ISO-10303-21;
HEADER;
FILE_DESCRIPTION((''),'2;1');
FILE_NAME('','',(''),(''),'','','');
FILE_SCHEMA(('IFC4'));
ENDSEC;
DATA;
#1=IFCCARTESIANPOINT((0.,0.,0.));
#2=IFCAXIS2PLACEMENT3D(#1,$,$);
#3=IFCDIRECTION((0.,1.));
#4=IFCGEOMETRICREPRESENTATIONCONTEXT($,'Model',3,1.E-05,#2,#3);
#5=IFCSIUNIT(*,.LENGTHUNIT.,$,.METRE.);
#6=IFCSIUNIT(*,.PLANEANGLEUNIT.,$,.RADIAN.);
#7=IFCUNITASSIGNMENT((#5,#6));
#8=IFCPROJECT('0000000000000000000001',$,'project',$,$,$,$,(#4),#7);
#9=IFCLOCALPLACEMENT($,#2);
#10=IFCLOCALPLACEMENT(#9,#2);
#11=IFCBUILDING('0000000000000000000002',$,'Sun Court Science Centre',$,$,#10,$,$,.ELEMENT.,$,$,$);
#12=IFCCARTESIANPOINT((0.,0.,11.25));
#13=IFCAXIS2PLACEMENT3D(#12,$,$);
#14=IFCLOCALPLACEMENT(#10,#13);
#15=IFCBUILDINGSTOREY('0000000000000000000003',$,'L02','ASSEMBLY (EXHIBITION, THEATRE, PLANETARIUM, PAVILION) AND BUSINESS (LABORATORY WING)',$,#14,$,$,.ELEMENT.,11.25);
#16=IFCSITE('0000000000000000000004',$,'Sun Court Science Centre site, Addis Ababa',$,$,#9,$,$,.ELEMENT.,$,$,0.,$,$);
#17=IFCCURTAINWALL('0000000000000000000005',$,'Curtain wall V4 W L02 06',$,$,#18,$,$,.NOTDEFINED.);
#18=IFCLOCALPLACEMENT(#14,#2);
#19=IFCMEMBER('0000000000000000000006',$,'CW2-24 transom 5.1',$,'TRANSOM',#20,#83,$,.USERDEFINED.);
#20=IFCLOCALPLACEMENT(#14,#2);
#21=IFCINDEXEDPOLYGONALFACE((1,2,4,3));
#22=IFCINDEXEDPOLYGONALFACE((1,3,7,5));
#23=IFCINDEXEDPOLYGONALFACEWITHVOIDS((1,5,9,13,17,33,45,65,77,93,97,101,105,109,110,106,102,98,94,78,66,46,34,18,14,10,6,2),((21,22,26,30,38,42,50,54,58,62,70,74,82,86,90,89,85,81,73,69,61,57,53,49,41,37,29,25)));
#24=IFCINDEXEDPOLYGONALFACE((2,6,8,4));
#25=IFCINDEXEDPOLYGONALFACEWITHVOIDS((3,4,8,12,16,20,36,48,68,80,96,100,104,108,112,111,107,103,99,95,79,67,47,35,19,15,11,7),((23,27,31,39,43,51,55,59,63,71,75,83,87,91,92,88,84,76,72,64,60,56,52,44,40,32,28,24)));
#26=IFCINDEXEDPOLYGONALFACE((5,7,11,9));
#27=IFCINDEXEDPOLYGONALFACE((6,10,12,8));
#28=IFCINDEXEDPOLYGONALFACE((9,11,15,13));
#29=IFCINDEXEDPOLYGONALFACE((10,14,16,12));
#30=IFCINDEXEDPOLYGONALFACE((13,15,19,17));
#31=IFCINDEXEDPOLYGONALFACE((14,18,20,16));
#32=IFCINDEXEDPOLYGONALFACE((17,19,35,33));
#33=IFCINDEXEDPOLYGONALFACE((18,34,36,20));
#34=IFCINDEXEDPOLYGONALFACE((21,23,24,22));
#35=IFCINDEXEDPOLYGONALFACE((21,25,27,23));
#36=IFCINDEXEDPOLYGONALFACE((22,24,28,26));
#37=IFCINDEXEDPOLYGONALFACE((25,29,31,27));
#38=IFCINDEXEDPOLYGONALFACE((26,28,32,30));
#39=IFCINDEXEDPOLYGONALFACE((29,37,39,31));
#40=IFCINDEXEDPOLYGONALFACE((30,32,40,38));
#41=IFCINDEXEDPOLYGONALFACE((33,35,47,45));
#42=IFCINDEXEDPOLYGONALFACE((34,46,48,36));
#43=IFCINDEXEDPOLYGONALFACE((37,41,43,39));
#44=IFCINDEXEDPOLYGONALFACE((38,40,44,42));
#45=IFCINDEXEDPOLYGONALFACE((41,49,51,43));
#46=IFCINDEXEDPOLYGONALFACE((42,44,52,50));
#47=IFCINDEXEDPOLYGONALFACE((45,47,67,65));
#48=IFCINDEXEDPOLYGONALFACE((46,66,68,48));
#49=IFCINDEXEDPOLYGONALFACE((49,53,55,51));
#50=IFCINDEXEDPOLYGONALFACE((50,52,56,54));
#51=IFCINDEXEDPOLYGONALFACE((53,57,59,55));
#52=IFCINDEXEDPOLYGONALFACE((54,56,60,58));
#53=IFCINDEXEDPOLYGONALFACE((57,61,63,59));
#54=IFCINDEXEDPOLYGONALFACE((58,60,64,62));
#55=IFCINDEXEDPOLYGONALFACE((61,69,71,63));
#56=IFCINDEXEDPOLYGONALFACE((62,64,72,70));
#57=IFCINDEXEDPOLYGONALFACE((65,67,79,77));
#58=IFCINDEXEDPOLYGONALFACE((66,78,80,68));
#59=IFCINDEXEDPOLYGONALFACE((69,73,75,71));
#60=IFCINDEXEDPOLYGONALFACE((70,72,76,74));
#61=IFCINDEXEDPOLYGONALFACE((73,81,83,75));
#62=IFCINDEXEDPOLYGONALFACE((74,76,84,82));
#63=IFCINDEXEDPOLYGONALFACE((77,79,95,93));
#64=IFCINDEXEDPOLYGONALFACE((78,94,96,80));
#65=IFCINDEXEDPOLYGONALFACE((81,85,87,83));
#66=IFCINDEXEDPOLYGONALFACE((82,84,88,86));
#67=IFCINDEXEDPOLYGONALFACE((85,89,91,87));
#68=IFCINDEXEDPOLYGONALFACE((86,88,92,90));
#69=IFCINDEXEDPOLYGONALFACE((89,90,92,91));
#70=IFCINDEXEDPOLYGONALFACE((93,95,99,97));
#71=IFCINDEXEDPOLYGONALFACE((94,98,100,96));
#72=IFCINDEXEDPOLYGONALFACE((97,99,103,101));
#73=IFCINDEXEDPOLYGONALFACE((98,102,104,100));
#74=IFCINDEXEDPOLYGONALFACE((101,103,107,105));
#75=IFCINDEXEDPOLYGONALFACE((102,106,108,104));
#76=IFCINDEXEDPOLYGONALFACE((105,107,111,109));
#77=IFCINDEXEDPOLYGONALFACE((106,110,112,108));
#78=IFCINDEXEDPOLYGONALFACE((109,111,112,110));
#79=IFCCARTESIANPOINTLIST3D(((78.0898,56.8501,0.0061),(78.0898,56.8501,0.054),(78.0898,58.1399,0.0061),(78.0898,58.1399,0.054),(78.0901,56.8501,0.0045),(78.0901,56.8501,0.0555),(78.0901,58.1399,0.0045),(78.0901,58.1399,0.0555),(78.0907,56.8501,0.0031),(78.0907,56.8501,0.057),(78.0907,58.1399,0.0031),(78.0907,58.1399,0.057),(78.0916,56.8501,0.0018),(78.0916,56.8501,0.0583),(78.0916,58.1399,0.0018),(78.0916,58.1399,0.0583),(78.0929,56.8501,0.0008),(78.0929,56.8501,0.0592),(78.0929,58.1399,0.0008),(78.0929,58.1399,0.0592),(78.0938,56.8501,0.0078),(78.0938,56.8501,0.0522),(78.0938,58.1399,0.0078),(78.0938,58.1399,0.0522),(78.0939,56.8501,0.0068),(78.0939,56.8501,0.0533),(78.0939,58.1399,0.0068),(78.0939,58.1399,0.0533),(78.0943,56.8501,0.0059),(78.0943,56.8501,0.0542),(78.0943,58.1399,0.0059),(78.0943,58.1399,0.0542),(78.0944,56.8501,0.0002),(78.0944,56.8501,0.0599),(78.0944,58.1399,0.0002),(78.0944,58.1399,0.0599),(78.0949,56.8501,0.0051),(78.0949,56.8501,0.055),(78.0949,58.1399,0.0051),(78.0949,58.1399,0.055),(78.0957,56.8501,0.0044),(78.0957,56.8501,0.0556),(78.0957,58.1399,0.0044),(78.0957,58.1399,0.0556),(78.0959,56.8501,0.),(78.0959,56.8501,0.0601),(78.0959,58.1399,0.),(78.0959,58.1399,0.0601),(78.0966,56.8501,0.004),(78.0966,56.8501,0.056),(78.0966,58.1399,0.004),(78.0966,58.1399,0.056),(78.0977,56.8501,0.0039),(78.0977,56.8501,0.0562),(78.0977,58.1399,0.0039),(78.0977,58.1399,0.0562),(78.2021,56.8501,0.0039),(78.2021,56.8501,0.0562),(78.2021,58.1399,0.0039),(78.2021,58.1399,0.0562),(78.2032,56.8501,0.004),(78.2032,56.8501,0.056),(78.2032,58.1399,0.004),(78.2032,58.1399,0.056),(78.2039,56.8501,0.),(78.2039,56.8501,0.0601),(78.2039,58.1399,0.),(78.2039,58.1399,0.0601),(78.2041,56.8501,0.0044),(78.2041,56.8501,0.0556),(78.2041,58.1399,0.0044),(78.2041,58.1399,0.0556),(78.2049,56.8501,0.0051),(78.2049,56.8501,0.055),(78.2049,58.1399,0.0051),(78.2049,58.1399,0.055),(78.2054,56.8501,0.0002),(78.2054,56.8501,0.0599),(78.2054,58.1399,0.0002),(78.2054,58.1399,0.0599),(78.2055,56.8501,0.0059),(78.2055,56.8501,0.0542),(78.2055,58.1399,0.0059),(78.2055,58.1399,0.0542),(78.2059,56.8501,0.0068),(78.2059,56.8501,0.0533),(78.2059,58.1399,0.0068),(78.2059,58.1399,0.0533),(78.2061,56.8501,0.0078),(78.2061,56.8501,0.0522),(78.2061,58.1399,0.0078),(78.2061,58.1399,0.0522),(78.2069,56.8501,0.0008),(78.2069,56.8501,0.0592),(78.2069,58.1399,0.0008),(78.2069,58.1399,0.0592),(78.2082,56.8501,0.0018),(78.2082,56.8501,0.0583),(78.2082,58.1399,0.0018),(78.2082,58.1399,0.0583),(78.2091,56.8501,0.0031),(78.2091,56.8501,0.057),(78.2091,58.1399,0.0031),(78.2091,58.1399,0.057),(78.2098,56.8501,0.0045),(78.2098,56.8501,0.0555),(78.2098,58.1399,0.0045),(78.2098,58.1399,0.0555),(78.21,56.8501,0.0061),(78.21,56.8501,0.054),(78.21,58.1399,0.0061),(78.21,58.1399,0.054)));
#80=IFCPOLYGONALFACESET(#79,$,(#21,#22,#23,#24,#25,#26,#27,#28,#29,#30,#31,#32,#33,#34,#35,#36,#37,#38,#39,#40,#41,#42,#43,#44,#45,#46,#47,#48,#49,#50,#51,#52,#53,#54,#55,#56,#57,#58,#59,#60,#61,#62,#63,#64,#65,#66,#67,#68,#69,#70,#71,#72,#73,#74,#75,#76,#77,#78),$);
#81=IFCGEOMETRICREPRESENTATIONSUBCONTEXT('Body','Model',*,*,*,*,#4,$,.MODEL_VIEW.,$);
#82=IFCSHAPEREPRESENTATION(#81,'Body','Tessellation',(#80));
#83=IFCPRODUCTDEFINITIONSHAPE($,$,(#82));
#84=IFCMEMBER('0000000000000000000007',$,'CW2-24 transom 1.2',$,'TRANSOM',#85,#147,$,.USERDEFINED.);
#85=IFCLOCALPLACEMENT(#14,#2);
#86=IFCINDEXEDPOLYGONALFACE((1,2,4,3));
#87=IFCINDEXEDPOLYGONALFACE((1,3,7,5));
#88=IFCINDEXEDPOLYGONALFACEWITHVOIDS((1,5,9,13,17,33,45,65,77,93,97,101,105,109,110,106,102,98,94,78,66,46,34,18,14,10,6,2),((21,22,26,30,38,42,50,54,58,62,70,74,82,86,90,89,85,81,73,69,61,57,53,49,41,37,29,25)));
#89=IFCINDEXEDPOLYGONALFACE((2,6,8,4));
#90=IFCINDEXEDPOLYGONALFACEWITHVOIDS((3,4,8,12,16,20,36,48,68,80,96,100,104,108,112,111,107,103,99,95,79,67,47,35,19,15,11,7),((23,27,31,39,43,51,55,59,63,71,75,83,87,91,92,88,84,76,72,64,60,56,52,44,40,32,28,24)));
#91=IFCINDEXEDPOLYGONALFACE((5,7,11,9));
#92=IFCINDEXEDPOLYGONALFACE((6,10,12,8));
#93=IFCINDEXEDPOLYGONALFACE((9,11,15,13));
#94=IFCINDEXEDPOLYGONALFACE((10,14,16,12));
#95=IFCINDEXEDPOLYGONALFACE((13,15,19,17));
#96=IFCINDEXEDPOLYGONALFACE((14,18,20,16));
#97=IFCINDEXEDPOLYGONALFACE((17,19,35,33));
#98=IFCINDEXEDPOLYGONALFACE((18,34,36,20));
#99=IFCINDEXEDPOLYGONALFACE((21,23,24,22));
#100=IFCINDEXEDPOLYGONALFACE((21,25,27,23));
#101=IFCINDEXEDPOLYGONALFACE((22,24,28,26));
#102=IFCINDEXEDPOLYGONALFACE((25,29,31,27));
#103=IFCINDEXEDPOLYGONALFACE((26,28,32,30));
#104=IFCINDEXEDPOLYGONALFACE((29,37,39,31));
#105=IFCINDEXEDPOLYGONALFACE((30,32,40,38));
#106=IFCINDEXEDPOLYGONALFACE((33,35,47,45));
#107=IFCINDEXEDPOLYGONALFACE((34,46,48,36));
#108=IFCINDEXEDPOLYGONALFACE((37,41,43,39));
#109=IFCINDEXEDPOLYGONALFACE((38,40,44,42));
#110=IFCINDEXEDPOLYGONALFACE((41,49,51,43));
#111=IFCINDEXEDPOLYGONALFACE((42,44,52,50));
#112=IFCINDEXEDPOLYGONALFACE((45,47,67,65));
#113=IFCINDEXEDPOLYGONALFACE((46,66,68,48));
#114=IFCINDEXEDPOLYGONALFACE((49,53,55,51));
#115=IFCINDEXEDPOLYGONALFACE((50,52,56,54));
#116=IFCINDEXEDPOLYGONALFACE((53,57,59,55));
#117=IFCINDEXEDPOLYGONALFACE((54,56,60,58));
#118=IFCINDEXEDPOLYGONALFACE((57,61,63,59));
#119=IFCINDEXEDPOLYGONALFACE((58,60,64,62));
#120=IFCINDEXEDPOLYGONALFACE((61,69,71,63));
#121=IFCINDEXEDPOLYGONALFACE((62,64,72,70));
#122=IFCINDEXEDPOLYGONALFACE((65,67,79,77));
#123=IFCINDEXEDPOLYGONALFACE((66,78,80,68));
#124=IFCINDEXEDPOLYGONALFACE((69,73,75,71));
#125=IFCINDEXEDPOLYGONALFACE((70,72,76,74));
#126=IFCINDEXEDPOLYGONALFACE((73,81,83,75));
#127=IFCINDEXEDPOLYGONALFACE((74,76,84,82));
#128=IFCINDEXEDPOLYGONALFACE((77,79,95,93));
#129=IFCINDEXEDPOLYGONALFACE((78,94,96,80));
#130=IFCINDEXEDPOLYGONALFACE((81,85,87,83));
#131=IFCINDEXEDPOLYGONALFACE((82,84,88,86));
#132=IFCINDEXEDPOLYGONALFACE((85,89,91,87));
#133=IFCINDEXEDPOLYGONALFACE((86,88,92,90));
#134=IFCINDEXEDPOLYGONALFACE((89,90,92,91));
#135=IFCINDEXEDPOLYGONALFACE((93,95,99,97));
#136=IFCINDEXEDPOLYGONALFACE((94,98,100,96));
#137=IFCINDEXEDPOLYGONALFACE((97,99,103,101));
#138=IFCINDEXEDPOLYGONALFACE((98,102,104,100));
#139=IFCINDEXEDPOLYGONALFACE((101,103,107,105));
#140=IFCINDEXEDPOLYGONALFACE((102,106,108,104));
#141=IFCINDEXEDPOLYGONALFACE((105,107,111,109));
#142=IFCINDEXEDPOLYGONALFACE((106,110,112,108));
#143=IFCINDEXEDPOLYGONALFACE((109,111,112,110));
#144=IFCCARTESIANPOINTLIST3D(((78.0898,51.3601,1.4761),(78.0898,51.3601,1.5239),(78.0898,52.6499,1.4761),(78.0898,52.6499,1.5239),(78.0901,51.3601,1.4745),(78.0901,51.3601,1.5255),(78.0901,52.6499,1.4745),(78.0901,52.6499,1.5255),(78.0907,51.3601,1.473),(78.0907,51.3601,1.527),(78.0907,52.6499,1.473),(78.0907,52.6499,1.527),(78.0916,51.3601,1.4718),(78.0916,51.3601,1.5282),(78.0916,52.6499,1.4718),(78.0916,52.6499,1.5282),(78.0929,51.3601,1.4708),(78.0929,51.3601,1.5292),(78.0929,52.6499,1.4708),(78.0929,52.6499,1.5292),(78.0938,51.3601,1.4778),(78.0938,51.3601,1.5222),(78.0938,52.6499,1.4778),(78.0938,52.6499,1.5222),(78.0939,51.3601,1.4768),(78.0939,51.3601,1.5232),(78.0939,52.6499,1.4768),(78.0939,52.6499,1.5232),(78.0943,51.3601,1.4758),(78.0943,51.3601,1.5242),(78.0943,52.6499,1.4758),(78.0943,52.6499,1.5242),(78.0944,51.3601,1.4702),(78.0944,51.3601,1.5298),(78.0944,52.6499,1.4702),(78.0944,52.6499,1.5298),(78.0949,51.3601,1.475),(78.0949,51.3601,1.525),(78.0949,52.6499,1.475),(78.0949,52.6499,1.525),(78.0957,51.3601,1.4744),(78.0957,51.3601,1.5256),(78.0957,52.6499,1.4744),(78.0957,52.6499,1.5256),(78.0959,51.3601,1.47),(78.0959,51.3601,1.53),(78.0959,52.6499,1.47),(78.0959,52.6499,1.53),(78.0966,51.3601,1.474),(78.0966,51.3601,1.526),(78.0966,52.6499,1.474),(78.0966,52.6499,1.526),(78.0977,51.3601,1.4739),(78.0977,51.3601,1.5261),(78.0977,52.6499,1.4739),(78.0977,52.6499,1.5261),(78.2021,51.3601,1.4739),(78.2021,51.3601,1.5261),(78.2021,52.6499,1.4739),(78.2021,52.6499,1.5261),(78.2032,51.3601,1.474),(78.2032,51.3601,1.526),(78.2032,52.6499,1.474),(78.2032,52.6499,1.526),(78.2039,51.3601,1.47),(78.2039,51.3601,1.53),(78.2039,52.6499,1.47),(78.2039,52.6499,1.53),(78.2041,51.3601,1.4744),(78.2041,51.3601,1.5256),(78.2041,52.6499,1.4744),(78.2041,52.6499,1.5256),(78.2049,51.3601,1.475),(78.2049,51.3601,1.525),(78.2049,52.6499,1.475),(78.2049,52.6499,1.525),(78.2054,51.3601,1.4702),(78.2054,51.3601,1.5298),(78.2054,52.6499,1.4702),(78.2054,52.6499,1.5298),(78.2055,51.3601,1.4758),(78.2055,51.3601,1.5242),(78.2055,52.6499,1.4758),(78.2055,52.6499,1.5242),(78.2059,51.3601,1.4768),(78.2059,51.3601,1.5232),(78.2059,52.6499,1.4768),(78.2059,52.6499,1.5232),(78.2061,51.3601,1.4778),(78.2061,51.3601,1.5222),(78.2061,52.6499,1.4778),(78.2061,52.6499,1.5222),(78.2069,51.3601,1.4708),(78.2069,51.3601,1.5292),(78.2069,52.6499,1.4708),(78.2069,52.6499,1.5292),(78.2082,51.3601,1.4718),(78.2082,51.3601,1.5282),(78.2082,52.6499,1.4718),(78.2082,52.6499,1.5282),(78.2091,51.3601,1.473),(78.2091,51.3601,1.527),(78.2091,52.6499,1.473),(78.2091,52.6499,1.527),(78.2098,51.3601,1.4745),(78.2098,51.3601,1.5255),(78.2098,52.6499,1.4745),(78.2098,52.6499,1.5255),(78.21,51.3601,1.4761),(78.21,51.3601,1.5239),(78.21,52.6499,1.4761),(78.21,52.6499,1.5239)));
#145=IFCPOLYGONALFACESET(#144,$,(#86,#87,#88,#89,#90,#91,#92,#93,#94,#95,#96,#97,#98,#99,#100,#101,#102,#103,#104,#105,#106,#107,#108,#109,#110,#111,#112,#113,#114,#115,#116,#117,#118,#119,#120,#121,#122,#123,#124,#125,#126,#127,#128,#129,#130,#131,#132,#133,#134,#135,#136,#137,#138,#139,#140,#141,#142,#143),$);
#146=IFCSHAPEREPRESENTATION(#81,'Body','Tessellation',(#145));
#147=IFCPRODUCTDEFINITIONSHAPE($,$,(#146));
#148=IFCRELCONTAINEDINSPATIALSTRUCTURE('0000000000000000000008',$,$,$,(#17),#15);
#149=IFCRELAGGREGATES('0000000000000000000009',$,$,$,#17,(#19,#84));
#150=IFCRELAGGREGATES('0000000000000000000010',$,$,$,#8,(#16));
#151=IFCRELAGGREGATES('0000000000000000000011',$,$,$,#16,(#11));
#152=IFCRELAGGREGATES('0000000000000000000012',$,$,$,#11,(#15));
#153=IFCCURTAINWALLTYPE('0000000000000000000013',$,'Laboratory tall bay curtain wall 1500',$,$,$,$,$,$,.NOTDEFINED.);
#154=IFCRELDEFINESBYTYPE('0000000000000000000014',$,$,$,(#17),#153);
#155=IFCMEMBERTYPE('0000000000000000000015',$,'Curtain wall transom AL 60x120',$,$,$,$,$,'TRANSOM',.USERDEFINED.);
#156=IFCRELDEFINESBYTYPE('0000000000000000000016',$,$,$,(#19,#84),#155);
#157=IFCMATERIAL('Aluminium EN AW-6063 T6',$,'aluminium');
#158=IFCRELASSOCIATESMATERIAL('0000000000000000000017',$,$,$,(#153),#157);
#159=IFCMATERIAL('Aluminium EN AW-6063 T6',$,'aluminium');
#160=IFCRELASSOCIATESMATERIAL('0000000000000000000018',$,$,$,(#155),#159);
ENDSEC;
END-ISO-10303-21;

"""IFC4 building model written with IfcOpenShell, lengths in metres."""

from ifc_helpers import new_model, si_unit, direction, frame, origin, origin_2d, place, context, subcontext, project, spatial, hollow_rectangle, extrude, material, material_profile, profile_set, type_object, element, aggregate, save


model = new_model("IFC4")

# Units and contexts
model_context = context("Model", 3, precision=1e-05, world=origin(), true_north=direction((0.0, 1.0)))
body_context = subcontext(model_context, "Body", "Model", "MODEL_VIEW")
ifc_project = project(units=[si_unit("LENGTHUNIT", "METRE"), si_unit("PLANEANGLEUNIT", "RADIAN")], contexts=[model_context])

# Site, building, storey
site_placement = place(None, origin())
site = spatial("IfcSite", under=ifc_project, at=site_placement, Name="Sun Court Science Centre site, Addis Ababa", CompositionType="ELEMENT", RefElevation=0.0)
building_placement = place(site_placement, origin())
building = spatial("IfcBuilding", under=site, at=building_placement, Name="Sun Court Science Centre", CompositionType="ELEMENT")
storey_placement = place(building_placement, frame((0.0, 0.0, 11.25)))
storey = spatial("IfcBuildingStorey", under=building, at=storey_placement, Name="L02", Description="ASSEMBLY (EXHIBITION, THEATRE, PLANETARIUM, PAVILION) AND BUSINESS (LABORATORY WING)", CompositionType="ELEMENT", Elevation=11.25)

# Shared definitions
ifc_material_1 = material(Name="Aluminium EN AW-6063 T6", Category="aluminium")
curtain_wall_type = type_object("IfcCurtainWallType", Name="Laboratory tall bay curtain wall 1500", PredefinedType="NOTDEFINED", material=ifc_material_1)

# Curtain wall, members
curtain_wall_1_placement = place(storey_placement, origin())
curtain_wall_1 = element("IfcCurtainWall", 1, at=curtain_wall_1_placement, inside=storey, type_object=curtain_wall_type, Name="Curtain wall V4 W L02 06", PredefinedType="NOTDEFINED")
ifc_material_2 = material(Name="Aluminium EN AW-6063 T6", Category="aluminium")
ifc_material_profile_1 = material_profile(ifc_material_2, hollow_rectangle(XDim=0.0601, YDim=0.1201, WallThickness=0.0039, InnerFilletRadius=0.0039, OuterFilletRadius=0.0061, at=origin_2d()), Name="AL 60x120x4")
ifc_profile_set_1 = profile_set([ifc_material_profile_1], Name="Aluminium EN AW-6063 T6")
member_type_1 = type_object("IfcMemberType", Name="Curtain wall transom AL 60x120", ElementType="TRANSOM", PredefinedType="USERDEFINED", material=ifc_profile_set_1)
member_1_placement = place(storey_placement, frame((78.1499, 56.8501, 0.03), z_axis=(0.0, 1.0, 0.0), x_axis=(0.0, 0.0, 1.0)))
member_1 = element("IfcMember", 2, at=member_1_placement, type_object=member_type_1, Name="CW2-24 transom 5.1", ObjectType="TRANSOM", PredefinedType="USERDEFINED", context=body_context, shape_type="SweptSolid", body=[
    extrude(hollow_rectangle(XDim=0.0601, YDim=0.1201, WallThickness=0.0039, InnerFilletRadius=0.0039, OuterFilletRadius=0.0061, at=origin_2d()), origin(), (0.0, 0.0, 1.0), 1.2898),
])
member_2_placement = place(storey_placement, frame((78.1499, 51.3601, 1.5), z_axis=(0.0, 1.0, 0.0), x_axis=(0.0, 0.0, 1.0)))
member_2 = element("IfcMember", 3, at=member_2_placement, type_object=member_type_1, Name="CW2-24 transom 1.2", ObjectType="TRANSOM", PredefinedType="USERDEFINED", context=body_context, shape_type="SweptSolid", body=[
    extrude(hollow_rectangle(XDim=0.0601, YDim=0.1201, WallThickness=0.0039, InnerFilletRadius=0.0039, OuterFilletRadius=0.0061, at=origin_2d()), origin(), (0.0, 0.0, 1.0), 1.2898),
])
aggregate(curtain_wall_1, [member_1, member_2])

save(model, "model.ifc")
